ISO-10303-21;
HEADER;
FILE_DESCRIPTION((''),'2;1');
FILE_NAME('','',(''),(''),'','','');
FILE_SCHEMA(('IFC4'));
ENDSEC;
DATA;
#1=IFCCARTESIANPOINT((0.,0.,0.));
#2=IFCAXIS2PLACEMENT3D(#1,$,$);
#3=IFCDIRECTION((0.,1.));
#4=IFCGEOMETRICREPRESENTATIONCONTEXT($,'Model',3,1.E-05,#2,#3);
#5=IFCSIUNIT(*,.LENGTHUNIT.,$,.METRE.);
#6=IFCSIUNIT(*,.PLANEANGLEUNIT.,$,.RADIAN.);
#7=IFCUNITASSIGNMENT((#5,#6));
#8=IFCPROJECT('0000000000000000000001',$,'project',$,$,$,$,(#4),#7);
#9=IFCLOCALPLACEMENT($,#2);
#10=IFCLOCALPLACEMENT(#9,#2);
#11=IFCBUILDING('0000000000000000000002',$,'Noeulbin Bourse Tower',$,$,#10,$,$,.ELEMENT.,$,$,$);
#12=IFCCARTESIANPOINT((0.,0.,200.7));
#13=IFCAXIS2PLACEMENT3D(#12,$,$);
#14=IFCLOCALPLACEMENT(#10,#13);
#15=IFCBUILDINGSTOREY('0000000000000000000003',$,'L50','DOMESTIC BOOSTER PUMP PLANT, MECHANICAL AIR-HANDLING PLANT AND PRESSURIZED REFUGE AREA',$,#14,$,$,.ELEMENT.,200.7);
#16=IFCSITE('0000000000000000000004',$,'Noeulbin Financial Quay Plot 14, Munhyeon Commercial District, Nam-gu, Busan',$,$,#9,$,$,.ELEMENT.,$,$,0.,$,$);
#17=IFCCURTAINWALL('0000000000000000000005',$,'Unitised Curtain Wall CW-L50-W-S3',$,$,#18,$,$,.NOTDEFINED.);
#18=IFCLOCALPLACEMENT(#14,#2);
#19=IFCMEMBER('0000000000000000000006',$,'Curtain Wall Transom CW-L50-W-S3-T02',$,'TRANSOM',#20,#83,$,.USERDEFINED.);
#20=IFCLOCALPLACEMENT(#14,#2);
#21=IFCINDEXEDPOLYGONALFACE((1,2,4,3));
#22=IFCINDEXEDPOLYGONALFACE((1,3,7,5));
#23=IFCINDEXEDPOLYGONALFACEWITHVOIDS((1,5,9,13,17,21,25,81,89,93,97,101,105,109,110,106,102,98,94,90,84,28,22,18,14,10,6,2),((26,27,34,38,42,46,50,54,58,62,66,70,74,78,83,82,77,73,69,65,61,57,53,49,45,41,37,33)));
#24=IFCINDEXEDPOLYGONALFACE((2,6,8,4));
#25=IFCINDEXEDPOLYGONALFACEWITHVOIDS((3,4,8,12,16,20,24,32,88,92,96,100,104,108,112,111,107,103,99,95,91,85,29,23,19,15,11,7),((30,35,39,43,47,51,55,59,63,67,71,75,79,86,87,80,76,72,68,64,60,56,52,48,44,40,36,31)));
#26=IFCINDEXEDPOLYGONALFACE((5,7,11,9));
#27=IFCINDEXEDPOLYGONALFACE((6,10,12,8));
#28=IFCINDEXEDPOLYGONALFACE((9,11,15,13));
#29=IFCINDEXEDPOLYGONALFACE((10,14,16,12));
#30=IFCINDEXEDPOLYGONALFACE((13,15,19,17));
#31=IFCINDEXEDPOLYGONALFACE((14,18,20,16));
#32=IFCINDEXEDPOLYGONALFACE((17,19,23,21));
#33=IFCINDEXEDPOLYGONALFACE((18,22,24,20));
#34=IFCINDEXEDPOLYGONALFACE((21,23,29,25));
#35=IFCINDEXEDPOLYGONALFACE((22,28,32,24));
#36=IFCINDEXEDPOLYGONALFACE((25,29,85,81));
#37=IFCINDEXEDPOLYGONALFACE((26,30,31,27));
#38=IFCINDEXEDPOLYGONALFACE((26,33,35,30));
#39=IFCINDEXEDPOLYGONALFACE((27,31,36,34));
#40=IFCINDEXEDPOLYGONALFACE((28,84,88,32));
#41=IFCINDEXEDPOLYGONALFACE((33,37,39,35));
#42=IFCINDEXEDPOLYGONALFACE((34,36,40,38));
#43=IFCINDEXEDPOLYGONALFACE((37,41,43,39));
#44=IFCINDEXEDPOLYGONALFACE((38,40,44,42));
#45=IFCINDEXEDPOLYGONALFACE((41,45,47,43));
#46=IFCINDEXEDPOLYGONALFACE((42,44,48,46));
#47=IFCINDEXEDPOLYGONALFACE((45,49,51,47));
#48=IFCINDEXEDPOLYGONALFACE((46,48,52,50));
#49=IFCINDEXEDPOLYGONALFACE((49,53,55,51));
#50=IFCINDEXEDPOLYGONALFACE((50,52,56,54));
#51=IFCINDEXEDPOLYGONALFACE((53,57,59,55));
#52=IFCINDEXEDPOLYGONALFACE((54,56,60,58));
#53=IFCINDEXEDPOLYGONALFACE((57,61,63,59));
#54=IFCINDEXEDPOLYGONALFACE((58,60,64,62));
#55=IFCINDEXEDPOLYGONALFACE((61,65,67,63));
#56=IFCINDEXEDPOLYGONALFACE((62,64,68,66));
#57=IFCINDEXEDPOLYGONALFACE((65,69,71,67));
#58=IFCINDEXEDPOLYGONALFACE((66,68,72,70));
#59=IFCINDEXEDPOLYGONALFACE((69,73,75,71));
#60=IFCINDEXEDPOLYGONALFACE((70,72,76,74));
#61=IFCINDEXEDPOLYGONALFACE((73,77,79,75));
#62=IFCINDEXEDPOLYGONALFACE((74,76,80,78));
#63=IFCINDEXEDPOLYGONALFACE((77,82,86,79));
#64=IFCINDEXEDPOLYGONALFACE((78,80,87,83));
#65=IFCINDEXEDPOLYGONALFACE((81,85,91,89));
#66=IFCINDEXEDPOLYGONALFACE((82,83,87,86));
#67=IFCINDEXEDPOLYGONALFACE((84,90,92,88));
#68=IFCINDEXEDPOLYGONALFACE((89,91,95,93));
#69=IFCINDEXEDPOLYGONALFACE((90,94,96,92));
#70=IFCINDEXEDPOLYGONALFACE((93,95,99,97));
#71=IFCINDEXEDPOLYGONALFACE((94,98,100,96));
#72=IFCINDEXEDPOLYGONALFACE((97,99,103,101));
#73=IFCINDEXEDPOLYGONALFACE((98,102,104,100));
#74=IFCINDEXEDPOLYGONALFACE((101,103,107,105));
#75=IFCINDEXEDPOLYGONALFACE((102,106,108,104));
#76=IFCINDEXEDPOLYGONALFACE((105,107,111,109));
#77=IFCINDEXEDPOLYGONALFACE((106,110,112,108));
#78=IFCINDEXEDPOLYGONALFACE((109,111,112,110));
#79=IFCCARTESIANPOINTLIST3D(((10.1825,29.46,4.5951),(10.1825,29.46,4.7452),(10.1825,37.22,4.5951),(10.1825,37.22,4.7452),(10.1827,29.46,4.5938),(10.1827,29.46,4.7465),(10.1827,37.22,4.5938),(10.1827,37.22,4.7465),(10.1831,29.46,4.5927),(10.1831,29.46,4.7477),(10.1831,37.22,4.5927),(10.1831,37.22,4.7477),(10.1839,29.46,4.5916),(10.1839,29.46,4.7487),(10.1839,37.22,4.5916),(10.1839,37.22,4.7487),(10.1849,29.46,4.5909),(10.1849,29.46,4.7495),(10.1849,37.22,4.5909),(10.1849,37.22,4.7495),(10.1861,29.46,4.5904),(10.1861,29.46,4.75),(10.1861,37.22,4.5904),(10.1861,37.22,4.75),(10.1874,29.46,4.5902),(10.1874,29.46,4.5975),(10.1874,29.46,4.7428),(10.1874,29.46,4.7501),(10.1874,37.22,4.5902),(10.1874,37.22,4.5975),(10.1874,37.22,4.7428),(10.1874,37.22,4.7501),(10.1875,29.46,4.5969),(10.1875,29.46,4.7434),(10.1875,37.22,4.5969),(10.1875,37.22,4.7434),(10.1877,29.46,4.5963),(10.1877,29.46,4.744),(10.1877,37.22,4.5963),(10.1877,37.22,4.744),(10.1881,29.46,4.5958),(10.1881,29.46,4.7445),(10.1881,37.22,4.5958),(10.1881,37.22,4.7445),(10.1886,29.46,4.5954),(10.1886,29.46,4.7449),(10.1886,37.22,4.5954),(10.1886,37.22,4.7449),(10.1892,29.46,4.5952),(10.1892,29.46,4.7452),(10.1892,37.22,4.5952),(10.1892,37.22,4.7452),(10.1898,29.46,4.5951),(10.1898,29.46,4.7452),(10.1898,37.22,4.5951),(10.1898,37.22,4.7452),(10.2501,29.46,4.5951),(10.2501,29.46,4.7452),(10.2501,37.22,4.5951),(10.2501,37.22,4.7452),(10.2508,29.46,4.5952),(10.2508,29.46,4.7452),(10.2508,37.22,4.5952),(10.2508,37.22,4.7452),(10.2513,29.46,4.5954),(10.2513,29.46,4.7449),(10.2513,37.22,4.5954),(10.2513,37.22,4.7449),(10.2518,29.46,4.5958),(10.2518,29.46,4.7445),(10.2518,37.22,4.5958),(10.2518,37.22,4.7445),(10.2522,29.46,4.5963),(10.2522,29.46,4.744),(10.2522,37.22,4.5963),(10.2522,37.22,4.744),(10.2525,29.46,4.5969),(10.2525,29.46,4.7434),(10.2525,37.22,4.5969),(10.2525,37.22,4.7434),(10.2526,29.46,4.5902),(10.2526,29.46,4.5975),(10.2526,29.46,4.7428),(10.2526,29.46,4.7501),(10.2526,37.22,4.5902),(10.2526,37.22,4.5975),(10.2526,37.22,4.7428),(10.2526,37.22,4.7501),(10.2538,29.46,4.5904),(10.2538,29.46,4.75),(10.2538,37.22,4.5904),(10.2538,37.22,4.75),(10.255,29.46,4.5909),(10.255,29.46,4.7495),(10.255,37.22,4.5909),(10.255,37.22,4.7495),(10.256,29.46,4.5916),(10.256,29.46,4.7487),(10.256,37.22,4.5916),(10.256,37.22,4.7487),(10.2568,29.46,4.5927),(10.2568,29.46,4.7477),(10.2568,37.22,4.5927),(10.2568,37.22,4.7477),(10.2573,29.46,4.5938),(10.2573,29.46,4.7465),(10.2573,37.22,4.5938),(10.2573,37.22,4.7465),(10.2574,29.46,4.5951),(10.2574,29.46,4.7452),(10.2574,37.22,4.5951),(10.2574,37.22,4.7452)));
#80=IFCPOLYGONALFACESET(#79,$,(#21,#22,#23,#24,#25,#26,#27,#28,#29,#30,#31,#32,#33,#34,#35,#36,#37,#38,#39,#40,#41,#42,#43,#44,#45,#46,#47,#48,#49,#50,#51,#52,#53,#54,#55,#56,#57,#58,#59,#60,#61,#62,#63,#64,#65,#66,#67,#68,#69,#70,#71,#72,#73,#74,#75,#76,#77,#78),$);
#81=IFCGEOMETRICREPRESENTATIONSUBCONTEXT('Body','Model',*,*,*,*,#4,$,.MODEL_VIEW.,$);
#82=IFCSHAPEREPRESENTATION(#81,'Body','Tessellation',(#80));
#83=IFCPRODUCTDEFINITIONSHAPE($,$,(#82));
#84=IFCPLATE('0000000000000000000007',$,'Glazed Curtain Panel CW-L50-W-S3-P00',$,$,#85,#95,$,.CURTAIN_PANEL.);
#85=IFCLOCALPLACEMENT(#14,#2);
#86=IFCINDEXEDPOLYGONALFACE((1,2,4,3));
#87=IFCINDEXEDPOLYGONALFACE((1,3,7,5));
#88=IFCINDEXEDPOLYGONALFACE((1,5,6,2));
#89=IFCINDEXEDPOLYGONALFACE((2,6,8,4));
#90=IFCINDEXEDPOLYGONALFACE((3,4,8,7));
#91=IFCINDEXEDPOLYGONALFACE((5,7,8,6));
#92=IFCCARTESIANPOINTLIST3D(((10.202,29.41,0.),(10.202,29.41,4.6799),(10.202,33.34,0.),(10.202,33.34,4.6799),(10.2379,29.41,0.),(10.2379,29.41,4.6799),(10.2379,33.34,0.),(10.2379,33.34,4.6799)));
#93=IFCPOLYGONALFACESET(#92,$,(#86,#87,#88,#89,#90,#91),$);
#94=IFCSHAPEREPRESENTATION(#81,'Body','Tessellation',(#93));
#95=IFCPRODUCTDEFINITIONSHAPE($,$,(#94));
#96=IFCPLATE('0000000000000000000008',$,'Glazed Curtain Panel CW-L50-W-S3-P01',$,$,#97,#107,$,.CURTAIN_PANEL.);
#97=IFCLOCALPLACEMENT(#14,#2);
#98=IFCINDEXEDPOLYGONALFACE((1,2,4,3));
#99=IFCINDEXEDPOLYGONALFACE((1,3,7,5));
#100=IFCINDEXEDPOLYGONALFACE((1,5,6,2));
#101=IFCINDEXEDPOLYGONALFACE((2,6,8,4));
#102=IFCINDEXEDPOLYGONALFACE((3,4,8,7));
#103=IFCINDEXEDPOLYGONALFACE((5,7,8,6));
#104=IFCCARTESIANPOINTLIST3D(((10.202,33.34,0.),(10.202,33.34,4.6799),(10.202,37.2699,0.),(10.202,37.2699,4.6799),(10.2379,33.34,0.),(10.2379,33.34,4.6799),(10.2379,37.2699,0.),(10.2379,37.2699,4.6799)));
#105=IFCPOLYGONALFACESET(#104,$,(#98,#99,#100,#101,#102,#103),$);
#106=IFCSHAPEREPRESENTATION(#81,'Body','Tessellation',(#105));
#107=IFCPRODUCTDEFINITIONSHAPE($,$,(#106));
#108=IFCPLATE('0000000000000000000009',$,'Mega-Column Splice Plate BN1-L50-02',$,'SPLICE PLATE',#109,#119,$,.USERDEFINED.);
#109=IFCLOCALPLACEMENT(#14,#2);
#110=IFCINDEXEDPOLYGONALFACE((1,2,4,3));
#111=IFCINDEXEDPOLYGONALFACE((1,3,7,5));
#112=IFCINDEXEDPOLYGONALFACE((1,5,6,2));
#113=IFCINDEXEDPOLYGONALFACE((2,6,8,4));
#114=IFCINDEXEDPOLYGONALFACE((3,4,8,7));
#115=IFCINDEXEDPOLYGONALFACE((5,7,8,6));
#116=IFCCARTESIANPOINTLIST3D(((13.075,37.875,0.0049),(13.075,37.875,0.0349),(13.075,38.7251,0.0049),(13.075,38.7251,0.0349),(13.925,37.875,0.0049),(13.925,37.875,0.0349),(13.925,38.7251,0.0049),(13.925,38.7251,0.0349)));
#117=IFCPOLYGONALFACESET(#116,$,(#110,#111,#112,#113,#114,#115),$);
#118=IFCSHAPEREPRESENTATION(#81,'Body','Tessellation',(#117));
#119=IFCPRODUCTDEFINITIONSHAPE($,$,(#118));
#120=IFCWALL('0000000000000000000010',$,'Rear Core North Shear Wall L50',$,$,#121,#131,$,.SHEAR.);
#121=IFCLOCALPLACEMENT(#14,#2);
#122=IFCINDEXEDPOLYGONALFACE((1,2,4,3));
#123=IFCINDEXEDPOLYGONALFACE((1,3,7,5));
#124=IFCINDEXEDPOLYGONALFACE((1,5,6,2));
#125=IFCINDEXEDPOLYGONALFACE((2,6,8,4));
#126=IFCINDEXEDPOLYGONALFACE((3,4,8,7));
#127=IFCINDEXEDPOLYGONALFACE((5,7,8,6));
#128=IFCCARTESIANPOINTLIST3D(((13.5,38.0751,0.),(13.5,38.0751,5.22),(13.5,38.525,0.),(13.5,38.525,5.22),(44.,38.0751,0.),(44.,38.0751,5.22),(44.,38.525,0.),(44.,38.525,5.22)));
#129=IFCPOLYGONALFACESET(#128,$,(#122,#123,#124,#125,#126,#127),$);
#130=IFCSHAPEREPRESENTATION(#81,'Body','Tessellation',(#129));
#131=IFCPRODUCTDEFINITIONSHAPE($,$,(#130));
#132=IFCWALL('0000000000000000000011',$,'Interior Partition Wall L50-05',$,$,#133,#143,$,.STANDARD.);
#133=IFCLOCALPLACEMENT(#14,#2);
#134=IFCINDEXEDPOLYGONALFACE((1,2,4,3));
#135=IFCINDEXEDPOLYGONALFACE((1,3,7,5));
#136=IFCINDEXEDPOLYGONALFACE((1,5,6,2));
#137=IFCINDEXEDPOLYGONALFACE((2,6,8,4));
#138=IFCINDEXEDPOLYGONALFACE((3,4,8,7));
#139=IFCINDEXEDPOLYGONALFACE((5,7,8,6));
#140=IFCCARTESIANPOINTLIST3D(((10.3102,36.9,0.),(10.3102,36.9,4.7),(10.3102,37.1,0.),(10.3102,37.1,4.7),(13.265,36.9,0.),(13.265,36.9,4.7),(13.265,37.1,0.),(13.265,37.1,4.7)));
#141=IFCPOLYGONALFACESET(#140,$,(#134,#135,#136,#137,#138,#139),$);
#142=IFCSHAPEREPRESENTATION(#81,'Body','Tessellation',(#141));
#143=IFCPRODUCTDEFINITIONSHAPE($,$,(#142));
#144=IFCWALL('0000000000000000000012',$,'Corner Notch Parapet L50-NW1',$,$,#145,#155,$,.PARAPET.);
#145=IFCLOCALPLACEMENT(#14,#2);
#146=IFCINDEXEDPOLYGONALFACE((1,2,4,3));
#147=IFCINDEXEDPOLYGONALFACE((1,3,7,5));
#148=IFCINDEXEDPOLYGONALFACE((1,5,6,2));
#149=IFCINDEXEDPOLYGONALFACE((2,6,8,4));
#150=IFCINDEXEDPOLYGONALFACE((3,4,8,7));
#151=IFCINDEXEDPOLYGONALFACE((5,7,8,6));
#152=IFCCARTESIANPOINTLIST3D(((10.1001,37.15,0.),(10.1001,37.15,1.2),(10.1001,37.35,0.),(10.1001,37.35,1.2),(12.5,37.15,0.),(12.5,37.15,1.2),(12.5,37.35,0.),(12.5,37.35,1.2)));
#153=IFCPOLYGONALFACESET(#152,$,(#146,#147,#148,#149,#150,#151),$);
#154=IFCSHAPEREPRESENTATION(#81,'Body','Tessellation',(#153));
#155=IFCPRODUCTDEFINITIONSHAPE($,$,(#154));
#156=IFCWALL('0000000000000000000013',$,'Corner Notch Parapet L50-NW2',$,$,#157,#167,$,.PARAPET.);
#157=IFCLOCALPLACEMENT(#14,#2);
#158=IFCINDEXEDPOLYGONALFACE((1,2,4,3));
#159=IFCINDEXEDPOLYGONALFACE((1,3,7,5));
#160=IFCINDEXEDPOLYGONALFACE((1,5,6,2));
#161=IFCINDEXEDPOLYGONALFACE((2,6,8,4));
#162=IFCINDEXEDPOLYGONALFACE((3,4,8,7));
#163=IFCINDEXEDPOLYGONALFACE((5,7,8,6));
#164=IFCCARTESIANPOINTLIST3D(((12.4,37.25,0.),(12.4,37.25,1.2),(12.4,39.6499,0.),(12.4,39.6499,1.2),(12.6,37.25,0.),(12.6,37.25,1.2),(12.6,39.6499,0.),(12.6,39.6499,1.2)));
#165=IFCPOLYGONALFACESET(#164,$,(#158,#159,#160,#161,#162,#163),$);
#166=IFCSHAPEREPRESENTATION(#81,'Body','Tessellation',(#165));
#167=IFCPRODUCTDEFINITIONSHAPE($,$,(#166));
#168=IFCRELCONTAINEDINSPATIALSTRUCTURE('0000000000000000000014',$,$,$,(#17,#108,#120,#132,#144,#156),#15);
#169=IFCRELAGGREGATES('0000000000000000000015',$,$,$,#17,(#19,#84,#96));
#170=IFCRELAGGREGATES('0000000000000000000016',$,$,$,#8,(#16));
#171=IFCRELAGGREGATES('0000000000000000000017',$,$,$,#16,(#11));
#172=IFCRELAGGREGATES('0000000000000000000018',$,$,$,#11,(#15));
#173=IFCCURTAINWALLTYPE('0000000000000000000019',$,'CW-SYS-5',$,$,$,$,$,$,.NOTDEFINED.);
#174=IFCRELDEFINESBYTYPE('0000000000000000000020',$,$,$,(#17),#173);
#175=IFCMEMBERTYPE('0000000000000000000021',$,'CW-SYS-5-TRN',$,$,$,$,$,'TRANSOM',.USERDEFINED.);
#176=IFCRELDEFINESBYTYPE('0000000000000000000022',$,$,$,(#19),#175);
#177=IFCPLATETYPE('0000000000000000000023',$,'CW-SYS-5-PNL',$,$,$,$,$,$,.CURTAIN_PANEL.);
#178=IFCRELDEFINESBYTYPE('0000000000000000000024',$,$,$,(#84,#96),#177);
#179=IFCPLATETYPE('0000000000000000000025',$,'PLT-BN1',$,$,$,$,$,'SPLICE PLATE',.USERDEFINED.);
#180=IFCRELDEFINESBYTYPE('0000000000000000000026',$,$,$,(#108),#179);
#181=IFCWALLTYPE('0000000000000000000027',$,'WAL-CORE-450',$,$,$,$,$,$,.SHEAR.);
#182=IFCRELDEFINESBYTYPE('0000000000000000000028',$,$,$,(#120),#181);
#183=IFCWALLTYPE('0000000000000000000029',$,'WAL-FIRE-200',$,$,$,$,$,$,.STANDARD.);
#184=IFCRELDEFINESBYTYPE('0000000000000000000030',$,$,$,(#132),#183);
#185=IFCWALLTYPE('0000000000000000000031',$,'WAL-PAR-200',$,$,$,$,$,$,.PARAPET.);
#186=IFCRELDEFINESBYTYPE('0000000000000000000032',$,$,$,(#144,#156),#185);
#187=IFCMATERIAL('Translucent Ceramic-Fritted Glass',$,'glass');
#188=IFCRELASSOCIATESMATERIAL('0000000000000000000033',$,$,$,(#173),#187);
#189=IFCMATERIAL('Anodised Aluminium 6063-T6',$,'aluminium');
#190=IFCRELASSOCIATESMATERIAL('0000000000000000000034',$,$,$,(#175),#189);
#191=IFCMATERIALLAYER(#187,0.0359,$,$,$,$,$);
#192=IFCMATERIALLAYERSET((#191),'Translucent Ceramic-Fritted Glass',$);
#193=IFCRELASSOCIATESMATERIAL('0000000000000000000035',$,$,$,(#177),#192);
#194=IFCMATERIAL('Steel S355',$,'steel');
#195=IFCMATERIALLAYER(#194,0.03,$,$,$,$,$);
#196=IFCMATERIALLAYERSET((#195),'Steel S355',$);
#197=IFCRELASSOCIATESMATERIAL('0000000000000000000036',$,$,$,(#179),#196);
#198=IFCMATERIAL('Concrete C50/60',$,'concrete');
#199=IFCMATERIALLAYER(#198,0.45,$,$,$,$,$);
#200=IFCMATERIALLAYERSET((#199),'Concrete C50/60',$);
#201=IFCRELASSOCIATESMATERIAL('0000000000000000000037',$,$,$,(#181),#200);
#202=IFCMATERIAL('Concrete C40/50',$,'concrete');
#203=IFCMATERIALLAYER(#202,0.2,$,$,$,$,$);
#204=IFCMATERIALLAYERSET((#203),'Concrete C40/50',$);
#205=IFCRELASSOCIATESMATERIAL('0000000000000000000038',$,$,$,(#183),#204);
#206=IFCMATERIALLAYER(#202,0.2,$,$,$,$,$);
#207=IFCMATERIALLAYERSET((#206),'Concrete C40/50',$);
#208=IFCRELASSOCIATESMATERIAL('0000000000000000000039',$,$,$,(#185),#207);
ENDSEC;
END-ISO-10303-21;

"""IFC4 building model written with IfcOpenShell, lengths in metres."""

from ifc_helpers import new_model, si_unit, direction, frame, frame_2d, origin, origin_2d, place, context, subcontext, project, spatial, rectangle, hollow_rectangle, extrude, material, layer, layer_set, material_profile, profile_set, type_object, element, aggregate, save


model = new_model("IFC4")

# Units and contexts
model_context = context("Model", 3, precision=1e-05, world=origin(), true_north=direction((0.0, 1.0)))
body_context = subcontext(model_context, "Body", "Model", "MODEL_VIEW")
ifc_project = project(units=[si_unit("LENGTHUNIT", "METRE"), si_unit("PLANEANGLEUNIT", "RADIAN")], contexts=[model_context])

# Site, building, storey
site_placement = place(None, origin())
site = spatial("IfcSite", under=ifc_project, at=site_placement, Name="Noeulbin Financial Quay Plot 14, Munhyeon Commercial District, Nam-gu, Busan", CompositionType="ELEMENT", RefElevation=0.0)
building_placement = place(site_placement, origin())
building = spatial("IfcBuilding", under=site, at=building_placement, Name="Noeulbin Bourse Tower", CompositionType="ELEMENT")
storey_placement = place(building_placement, frame((0.0, 0.0, 200.7)))
storey = spatial("IfcBuildingStorey", under=building, at=storey_placement, Name="L50", Description="DOMESTIC BOOSTER PUMP PLANT, MECHANICAL AIR-HANDLING PLANT AND PRESSURIZED REFUGE AREA", CompositionType="ELEMENT", Elevation=200.7)

# Shared definitions
ifc_material_1 = material(Name="Steel S355", Category="steel")

# Shared definitions
ifc_material_2 = material(Name="Translucent Ceramic-Fritted Glass", Category="glass")
curtain_wall_type = type_object("IfcCurtainWallType", Name="CW-SYS-5", PredefinedType="NOTDEFINED", material=ifc_material_2)
ifc_material_3 = material(Name="Anodised Aluminium 6063-T6", Category="aluminium")

# Curtain wall
curtain_wall_1_placement = place(storey_placement, origin())
curtain_wall_1 = element("IfcCurtainWall", 1, at=curtain_wall_1_placement, inside=storey, type_object=curtain_wall_type, Name="Unitised Curtain Wall CW-L50-W-S3", PredefinedType="NOTDEFINED")

# Member
ifc_material_profile_1 = material_profile(ifc_material_3, hollow_rectangle(XDim=0.075, YDim=0.1599, WallThickness=0.0049, InnerFilletRadius=0.0024, OuterFilletRadius=0.0049, at=origin_2d()), Name="ALU-TRAN-75x160x5", Category="LoadBearing")
ifc_profile_set_1 = profile_set([ifc_material_profile_1], Name="Anodised Aluminium 6063-T6")
member_type_1 = type_object("IfcMemberType", Name="CW-SYS-5-TRN", ElementType="TRANSOM", PredefinedType="USERDEFINED", material=ifc_profile_set_1)
member_1_placement = place(storey_placement, frame((10.22, 29.46, 4.6702), z_axis=(0.0, 1.0, 0.0), x_axis=(-1.0, 0.0, 0.0)))
member_1 = element("IfcMember", 2, at=member_1_placement, type_object=member_type_1, Name="Curtain Wall Transom CW-L50-W-S3-T02", ObjectType="TRANSOM", PredefinedType="USERDEFINED", context=body_context, shape_type="SweptSolid", body=[
    extrude(hollow_rectangle(XDim=0.075, YDim=0.1599, WallThickness=0.0049, InnerFilletRadius=0.0024, OuterFilletRadius=0.0049, at=origin_2d()), origin(), (0.0, 0.0, 1.0), 7.76),
])

# Plates
ifc_layer_1 = layer(ifc_material_2, 0.0359)
ifc_layer_set_1 = layer_set([ifc_layer_1], Name="Translucent Ceramic-Fritted Glass")
plate_type_1 = type_object("IfcPlateType", Name="CW-SYS-5-PNL", PredefinedType="CURTAIN_PANEL", material=ifc_layer_set_1)
plate_1_placement = place(storey_placement, frame((10.22, 31.375, 0.0), z_axis=(0.0, 0.0, 1.0), x_axis=(0.0, 1.0, 0.0)))
plate_1 = element("IfcPlate", 3, at=plate_1_placement, type_object=plate_type_1, Name="Glazed Curtain Panel CW-L50-W-S3-P00", PredefinedType="CURTAIN_PANEL", context=body_context, shape_type="SweptSolid", body=[
    extrude(rectangle(XDim=3.9299, YDim=0.0359, at=origin_2d()), origin(), (0.0, 0.0, 1.0), 4.6799),
])
plate_2_placement = place(storey_placement, frame((10.22, 35.3049, 0.0), z_axis=(0.0, 0.0, 1.0), x_axis=(0.0, 1.0, 0.0)))
plate_2 = element("IfcPlate", 4, at=plate_2_placement, type_object=plate_type_1, Name="Glazed Curtain Panel CW-L50-W-S3-P01", PredefinedType="CURTAIN_PANEL", context=body_context, shape_type="SweptSolid", body=[
    extrude(rectangle(XDim=3.9299, YDim=0.0359, at=origin_2d()), origin(), (0.0, 0.0, 1.0), 4.6799),
])
aggregate(curtain_wall_1, [member_1, plate_1, plate_2])
ifc_layer_2 = layer(ifc_material_1, 0.03)
ifc_layer_set_2 = layer_set([ifc_layer_2], Name="Steel S355")
plate_type_2 = type_object("IfcPlateType", Name="PLT-BN1", ElementType="SPLICE PLATE", PredefinedType="USERDEFINED", material=ifc_layer_set_2)
plate_3_placement = place(storey_placement, frame((13.5, 38.3, 0.0049), z_axis=(0.0, 0.0, 1.0), x_axis=(1.0, 0.0, 0.0)))
element("IfcPlate", 5, at=plate_3_placement, inside=storey, type_object=plate_type_2, Name="Mega-Column Splice Plate BN1-L50-02", ObjectType="SPLICE PLATE", PredefinedType="USERDEFINED", context=body_context, shape_type="SweptSolid", body=[
    extrude(rectangle(XDim=0.8501, YDim=0.8501, at=origin_2d()), origin(), (0.0, 0.0, 1.0), 0.03),
])

# Walls
ifc_material_4 = material(Name="Concrete C50/60", Category="concrete")
ifc_layer_3 = layer(ifc_material_4, 0.45)
ifc_layer_set_3 = layer_set([ifc_layer_3], Name="Concrete C50/60")
wall_type_1 = type_object("IfcWallType", Name="WAL-CORE-450", PredefinedType="SHEAR", material=ifc_layer_set_3)
wall_1_placement = place(storey_placement, frame((13.5, 38.3, 0.0), z_axis=(0.0, 0.0, 1.0), x_axis=(1.0, 0.0, 0.0)))
element("IfcWall", 6, at=wall_1_placement, inside=storey, type_object=wall_type_1, Name="Rear Core North Shear Wall L50", PredefinedType="SHEAR", context=body_context, shape_type="SweptSolid", body=[
    extrude(rectangle(XDim=30.5, YDim=0.45, at=frame_2d((15.25, 0.0))), origin(), (0.0, 0.0, 1.0), 5.22),
])
ifc_material_5 = material(Name="Concrete C40/50", Category="concrete")
ifc_layer_4 = layer(ifc_material_5, 0.2)
ifc_layer_set_4 = layer_set([ifc_layer_4], Name="Concrete C40/50")
wall_type_2 = type_object("IfcWallType", Name="WAL-FIRE-200", PredefinedType="STANDARD", material=ifc_layer_set_4)
wall_2_placement = place(storey_placement, frame((10.3101, 37.0, 0.0), z_axis=(0.0, 0.0, 1.0), x_axis=(1.0, 0.0, 0.0)))
element("IfcWall", 7, at=wall_2_placement, inside=storey, type_object=wall_type_2, Name="Interior Partition Wall L50-05", PredefinedType="STANDARD", context=body_context, shape_type="SweptSolid", body=[
    extrude(rectangle(XDim=2.9548, YDim=0.2, at=frame_2d((1.4775, 0.0))), origin(), (0.0, 0.0, 1.0), 4.7),
])
ifc_layer_5 = layer(ifc_material_5, 0.2)
ifc_layer_set_5 = layer_set([ifc_layer_5], Name="Concrete C40/50")
wall_type_3 = type_object("IfcWallType", Name="WAL-PAR-200", PredefinedType="PARAPET", material=ifc_layer_set_5)
for number, where, z_axis, x_axis, name in (
    (8, (10.1001, 37.25, 0.0), (0.0, 0.0, 1.0), (1.0, 0.0, 0.0), "Corner Notch Parapet L50-NW1"),
    (9, (12.5, 37.25, 0.0), (0.0, 0.0, 1.0), (0.0, 1.0, 0.0), "Corner Notch Parapet L50-NW2"),
):
    element("IfcWall", number, at=place(storey_placement, frame(where, z_axis=z_axis, x_axis=x_axis)), inside=storey, type_object=wall_type_3, Name=name, PredefinedType="PARAPET", context=body_context, shape_type="SweptSolid", body=[
        extrude(rectangle(XDim=2.3999, YDim=0.2, at=frame_2d((1.2, 0.0))), origin(), (0.0, 0.0, 1.0), 1.2),
    ])

save(model, "model.ifc")
